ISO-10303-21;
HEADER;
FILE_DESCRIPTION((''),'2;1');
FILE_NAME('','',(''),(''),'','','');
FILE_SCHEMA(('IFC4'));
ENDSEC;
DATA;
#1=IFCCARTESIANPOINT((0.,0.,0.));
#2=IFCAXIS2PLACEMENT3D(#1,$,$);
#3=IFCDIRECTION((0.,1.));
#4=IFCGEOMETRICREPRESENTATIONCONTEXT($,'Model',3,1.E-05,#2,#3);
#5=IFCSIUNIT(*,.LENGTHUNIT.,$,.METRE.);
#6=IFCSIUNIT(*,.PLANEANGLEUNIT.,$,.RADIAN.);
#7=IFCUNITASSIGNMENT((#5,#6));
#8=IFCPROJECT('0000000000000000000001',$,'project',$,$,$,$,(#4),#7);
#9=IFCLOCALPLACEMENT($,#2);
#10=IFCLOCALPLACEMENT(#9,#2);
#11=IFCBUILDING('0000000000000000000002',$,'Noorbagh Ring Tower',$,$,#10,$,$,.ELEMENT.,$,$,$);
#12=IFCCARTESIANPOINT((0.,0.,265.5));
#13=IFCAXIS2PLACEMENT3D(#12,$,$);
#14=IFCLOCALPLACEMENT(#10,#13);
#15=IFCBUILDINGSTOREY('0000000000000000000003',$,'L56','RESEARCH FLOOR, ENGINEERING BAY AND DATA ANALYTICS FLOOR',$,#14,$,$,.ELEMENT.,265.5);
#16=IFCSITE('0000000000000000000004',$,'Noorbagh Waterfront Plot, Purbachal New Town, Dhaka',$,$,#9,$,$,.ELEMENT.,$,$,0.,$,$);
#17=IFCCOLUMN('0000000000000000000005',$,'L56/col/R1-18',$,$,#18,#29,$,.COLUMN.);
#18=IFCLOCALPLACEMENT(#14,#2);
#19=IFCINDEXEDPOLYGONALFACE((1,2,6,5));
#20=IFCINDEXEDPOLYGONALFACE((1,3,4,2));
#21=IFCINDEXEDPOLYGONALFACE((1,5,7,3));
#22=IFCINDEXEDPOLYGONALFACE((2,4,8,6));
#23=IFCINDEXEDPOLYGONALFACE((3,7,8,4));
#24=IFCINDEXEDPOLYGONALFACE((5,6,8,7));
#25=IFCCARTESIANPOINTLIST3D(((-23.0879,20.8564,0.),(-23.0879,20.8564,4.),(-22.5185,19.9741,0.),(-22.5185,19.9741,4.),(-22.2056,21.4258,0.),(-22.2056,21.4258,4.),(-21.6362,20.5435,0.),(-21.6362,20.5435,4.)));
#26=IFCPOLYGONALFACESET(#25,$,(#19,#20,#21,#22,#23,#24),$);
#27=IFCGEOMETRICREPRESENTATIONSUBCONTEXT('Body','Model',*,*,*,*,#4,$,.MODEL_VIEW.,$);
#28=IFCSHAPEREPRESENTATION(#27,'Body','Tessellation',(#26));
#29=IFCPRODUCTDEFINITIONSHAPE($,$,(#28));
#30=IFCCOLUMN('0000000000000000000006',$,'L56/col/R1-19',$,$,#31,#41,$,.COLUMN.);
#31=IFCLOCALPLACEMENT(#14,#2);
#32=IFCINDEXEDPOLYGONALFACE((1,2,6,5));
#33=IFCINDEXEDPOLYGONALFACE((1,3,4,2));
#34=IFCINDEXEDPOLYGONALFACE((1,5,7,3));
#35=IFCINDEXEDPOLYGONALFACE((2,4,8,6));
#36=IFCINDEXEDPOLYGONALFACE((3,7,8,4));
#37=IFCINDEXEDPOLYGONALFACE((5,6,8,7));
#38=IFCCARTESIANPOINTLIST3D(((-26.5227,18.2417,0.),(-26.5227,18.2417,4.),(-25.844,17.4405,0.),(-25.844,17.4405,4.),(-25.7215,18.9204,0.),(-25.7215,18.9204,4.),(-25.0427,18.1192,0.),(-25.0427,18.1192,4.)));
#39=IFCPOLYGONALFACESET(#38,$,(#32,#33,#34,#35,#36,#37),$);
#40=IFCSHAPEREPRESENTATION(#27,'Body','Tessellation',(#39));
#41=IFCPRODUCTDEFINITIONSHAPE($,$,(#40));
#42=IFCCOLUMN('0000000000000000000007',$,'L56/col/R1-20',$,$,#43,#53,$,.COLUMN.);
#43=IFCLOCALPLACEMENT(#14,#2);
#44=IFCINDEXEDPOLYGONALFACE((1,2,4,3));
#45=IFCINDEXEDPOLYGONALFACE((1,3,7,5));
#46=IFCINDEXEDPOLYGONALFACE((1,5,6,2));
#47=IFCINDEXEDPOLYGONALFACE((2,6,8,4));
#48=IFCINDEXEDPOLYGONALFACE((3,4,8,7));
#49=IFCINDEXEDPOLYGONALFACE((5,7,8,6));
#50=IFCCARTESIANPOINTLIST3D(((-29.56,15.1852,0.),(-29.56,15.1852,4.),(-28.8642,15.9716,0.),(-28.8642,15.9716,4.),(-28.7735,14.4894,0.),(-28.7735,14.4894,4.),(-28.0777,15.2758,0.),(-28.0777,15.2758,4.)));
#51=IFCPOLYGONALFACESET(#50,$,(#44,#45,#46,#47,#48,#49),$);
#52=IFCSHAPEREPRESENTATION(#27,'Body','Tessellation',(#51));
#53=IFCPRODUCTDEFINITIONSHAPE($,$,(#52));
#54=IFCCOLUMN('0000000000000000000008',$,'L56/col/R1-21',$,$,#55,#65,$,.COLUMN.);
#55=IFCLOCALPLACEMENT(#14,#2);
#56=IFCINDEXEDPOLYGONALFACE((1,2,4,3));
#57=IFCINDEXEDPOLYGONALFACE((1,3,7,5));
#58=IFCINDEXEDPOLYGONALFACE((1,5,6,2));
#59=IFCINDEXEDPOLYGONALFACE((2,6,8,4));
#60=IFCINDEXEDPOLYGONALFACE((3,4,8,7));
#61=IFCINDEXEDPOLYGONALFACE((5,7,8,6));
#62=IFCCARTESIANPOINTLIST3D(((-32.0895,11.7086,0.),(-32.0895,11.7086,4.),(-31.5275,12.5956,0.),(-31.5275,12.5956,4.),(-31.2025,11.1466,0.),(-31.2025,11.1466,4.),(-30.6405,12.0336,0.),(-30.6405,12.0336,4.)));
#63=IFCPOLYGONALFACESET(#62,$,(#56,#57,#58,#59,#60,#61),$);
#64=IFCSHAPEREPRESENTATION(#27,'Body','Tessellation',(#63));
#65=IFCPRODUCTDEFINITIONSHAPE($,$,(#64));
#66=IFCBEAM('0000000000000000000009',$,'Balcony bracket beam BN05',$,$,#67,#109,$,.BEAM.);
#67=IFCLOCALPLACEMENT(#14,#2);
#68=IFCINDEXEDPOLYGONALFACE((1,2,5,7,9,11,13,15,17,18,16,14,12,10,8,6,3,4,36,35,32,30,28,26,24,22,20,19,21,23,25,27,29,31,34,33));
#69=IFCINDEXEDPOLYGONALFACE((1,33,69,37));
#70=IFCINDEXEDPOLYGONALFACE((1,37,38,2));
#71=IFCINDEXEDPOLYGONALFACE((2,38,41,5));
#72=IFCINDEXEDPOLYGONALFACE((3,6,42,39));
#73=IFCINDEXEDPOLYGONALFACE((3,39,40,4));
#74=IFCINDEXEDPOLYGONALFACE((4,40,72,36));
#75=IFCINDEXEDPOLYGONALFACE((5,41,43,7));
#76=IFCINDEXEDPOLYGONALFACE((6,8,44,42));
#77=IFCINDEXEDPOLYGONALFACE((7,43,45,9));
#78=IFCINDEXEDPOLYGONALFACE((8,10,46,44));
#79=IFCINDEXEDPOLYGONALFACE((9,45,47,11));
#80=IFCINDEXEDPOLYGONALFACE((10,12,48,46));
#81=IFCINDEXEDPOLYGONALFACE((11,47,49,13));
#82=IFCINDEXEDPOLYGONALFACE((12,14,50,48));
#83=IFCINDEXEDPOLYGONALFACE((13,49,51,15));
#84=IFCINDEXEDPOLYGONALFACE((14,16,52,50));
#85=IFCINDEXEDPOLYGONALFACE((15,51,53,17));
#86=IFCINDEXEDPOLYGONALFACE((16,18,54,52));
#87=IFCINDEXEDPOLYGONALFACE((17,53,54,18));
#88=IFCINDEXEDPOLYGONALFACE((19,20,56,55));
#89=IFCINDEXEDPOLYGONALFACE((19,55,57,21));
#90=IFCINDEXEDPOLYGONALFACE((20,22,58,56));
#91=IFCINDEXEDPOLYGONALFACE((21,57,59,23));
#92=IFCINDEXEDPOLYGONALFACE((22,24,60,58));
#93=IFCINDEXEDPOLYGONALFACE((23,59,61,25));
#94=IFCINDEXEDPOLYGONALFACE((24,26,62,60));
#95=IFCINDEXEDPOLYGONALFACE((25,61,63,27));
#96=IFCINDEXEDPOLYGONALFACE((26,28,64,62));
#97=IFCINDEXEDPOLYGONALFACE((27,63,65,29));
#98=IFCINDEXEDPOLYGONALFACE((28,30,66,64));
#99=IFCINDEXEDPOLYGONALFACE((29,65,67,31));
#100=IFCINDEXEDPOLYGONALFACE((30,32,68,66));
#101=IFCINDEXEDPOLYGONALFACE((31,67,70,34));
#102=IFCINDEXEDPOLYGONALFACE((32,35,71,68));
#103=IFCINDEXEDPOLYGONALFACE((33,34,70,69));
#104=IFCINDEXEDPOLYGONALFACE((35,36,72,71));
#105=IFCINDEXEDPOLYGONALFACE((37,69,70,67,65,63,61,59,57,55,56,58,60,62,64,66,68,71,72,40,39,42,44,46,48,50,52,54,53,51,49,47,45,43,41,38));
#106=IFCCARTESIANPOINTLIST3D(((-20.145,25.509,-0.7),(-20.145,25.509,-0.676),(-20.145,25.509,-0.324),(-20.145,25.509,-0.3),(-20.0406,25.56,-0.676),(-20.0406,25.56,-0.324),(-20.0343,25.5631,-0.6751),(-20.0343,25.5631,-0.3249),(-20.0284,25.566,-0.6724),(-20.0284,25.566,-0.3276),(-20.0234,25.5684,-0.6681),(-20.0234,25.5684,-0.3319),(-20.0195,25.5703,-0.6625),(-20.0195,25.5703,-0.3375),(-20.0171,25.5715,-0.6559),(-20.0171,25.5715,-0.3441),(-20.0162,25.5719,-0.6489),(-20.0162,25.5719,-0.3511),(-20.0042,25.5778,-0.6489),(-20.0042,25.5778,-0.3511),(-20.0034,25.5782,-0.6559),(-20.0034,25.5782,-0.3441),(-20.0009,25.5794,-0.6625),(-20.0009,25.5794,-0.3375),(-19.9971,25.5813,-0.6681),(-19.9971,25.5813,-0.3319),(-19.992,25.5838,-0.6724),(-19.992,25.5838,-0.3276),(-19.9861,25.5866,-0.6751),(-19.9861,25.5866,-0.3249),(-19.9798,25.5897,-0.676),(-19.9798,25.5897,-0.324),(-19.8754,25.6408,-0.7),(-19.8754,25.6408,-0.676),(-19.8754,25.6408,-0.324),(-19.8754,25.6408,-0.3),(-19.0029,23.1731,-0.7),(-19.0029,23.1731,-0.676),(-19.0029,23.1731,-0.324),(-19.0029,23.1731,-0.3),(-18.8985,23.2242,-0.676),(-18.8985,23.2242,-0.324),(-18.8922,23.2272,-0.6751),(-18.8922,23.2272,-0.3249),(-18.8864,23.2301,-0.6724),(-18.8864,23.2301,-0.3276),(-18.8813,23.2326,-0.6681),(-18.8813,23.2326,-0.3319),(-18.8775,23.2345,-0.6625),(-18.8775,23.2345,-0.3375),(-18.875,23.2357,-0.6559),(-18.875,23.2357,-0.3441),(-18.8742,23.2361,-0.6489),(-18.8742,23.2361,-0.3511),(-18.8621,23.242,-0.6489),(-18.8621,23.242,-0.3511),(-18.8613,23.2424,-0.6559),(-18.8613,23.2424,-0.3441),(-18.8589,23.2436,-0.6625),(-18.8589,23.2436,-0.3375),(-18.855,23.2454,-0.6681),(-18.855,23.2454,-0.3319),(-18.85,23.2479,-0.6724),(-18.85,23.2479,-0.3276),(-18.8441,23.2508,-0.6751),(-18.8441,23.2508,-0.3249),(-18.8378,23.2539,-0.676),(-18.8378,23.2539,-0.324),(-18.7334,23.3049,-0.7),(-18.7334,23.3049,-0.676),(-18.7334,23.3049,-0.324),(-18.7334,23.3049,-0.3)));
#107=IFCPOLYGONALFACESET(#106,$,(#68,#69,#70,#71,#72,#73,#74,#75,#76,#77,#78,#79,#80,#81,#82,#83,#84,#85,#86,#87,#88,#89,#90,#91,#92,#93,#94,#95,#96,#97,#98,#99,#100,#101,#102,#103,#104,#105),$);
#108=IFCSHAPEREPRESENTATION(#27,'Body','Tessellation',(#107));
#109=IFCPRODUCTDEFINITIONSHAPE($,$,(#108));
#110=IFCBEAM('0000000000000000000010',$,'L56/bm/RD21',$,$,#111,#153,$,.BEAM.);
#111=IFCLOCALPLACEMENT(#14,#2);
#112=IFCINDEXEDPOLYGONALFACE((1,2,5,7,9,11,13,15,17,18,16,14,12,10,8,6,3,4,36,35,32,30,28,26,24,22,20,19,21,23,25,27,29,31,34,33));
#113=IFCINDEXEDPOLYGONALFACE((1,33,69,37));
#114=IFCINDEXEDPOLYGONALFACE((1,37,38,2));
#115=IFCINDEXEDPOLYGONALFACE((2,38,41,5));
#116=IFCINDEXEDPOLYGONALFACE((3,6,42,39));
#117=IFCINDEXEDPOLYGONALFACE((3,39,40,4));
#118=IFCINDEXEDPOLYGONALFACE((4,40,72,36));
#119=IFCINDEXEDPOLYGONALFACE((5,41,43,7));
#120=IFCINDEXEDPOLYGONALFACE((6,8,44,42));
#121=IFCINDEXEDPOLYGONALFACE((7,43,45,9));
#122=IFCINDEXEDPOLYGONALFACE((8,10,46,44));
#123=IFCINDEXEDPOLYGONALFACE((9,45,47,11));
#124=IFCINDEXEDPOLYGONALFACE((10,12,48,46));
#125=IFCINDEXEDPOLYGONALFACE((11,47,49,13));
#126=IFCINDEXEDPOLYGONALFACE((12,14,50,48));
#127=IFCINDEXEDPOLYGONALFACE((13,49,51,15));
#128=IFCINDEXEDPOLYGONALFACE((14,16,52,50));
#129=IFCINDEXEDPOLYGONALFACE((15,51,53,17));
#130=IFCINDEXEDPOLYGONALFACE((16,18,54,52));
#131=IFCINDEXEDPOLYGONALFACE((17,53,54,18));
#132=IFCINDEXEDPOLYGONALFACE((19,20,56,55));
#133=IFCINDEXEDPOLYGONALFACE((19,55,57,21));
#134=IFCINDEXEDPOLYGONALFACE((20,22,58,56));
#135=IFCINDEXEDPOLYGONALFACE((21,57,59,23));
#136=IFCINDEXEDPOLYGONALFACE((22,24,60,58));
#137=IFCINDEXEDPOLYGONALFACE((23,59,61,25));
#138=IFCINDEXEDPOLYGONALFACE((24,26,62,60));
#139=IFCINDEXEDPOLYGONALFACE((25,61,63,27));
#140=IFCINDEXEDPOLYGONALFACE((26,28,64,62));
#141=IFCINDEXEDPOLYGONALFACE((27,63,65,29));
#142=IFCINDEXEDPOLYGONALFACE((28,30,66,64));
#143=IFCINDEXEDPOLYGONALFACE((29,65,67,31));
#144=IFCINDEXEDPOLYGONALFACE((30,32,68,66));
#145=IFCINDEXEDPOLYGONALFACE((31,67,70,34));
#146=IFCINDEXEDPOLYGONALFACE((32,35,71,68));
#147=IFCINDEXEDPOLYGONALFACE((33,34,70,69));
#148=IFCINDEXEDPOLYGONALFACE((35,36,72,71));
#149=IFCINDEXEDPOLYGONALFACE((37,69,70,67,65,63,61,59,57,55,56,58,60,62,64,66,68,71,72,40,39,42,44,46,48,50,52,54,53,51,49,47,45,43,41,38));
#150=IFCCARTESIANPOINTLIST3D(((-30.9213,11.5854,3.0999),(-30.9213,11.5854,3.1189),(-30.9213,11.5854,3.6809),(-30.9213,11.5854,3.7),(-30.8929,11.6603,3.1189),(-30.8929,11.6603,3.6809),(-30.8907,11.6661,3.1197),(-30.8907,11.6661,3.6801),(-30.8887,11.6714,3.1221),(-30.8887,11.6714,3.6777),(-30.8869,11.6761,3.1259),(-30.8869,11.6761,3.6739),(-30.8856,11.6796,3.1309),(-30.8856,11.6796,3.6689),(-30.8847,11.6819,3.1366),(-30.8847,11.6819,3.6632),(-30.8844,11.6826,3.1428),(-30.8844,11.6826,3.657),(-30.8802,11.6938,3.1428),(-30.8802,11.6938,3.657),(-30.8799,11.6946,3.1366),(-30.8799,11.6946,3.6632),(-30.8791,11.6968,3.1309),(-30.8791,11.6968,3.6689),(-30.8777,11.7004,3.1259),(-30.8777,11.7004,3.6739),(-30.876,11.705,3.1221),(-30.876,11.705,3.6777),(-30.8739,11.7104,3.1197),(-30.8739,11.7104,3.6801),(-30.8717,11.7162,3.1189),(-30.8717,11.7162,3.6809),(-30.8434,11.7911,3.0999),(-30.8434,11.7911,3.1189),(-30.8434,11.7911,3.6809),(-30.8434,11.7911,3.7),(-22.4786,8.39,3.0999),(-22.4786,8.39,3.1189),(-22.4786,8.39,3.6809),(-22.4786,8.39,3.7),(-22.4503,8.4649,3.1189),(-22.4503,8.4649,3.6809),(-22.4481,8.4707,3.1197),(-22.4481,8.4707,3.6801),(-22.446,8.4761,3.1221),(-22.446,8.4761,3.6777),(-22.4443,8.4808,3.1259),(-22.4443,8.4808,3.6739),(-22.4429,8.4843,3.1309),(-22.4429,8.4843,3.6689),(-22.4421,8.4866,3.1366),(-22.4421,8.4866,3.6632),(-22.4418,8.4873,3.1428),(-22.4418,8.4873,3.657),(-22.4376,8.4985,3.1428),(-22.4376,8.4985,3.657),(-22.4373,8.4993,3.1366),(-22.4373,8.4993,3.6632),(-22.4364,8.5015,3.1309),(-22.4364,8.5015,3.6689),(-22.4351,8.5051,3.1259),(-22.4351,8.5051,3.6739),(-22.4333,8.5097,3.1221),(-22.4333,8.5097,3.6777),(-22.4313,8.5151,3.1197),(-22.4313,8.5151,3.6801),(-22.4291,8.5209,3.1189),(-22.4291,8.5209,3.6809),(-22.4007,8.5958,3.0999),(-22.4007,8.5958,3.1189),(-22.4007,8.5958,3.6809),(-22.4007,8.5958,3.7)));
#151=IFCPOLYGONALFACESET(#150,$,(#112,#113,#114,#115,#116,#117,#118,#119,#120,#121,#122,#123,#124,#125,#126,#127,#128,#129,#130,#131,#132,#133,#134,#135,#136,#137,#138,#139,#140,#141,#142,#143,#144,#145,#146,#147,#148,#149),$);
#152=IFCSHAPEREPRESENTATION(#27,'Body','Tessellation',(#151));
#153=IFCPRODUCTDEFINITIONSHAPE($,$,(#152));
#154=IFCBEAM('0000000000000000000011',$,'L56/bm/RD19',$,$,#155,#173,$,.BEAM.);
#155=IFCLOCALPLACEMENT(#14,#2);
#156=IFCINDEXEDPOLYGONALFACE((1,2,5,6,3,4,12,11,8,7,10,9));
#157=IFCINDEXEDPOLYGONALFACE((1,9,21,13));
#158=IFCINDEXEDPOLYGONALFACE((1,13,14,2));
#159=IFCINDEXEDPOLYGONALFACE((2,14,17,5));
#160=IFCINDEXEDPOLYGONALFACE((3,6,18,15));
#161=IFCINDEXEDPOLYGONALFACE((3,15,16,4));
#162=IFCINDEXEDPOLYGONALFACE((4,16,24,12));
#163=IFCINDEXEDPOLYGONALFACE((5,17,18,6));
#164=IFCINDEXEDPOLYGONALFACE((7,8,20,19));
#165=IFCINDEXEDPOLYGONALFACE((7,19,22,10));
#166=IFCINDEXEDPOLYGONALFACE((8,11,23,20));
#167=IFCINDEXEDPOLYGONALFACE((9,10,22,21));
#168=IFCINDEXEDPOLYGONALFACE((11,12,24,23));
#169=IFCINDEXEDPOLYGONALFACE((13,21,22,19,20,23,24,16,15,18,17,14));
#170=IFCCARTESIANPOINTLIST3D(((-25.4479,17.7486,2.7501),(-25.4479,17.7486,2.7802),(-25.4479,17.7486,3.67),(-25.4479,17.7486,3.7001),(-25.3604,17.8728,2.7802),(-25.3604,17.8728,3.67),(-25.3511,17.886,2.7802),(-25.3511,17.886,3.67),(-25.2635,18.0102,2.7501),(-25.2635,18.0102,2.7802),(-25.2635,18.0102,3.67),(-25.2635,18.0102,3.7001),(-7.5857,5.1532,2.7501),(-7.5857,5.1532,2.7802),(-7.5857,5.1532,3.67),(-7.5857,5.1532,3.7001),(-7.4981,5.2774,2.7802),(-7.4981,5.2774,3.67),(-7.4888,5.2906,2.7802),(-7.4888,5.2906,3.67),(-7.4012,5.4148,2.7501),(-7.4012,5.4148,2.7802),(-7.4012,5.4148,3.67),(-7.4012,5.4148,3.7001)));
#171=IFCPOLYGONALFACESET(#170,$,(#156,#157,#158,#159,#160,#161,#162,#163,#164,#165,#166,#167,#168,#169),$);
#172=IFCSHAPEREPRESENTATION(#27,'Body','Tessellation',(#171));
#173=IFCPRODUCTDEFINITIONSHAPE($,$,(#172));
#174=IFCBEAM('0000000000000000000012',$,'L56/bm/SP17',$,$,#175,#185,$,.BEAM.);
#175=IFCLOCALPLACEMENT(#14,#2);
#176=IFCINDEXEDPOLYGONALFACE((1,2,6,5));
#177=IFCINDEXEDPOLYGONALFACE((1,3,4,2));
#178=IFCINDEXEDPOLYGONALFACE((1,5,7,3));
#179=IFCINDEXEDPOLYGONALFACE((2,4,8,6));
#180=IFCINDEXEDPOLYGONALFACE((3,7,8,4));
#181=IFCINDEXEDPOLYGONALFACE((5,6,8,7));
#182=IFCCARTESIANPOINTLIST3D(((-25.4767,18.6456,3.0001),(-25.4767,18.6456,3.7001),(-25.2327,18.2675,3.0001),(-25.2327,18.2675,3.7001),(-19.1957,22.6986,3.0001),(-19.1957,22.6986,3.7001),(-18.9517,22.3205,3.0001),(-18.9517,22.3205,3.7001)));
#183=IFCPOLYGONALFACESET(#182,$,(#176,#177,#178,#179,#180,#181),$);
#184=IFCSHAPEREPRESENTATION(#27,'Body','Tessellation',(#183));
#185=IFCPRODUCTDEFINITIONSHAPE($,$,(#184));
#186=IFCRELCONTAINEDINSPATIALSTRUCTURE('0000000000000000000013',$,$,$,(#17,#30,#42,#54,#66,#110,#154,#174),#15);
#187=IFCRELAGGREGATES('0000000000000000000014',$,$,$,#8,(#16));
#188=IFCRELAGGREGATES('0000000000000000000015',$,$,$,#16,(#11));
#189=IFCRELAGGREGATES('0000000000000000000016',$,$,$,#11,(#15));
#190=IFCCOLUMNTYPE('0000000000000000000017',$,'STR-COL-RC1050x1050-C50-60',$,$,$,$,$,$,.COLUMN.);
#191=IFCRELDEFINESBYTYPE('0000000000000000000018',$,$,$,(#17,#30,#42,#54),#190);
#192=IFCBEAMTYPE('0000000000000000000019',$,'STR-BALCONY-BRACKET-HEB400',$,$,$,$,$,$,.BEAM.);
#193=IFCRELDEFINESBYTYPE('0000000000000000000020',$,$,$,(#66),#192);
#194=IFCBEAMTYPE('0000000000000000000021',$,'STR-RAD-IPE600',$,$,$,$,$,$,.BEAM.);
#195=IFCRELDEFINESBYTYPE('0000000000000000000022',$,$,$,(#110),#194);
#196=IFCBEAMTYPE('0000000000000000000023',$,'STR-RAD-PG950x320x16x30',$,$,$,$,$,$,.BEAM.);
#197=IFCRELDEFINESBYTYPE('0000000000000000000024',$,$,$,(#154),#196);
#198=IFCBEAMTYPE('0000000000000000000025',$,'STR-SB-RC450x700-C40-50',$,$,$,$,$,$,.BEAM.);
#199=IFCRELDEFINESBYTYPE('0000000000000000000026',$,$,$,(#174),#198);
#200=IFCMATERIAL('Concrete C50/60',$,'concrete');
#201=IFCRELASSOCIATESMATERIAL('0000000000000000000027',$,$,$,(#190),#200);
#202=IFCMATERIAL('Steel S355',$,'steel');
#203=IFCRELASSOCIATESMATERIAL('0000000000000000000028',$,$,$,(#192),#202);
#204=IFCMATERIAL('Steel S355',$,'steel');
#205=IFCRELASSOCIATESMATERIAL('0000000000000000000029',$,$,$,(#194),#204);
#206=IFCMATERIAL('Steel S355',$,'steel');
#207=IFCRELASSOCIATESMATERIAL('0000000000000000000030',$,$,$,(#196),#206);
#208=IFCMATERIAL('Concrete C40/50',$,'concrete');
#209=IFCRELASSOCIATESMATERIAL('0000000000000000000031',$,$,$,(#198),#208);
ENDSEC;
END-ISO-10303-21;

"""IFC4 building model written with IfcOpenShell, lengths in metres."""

from ifc_helpers import new_model, si_unit, direction, frame, origin, origin_2d, place, context, subcontext, project, spatial, rectangle, i_section, extrude, material, material_profile, profile_set, type_object, element, save


model = new_model("IFC4")

# Units and contexts
model_context = context("Model", 3, precision=1e-05, world=origin(), true_north=direction((0.0, 1.0)))
body_context = subcontext(model_context, "Body", "Model", "MODEL_VIEW")
ifc_project = project(units=[si_unit("LENGTHUNIT", "METRE"), si_unit("PLANEANGLEUNIT", "RADIAN")], contexts=[model_context])

# Site, building, storey
site_placement = place(None, origin())
site = spatial("IfcSite", under=ifc_project, at=site_placement, Name="Noorbagh Waterfront Plot, Purbachal New Town, Dhaka", CompositionType="ELEMENT", RefElevation=0.0)
building_placement = place(site_placement, origin())
building = spatial("IfcBuilding", under=site, at=building_placement, Name="Noorbagh Ring Tower", CompositionType="ELEMENT")
storey_placement = place(building_placement, frame((0.0, 0.0, 265.5)))
storey = spatial("IfcBuildingStorey", under=building, at=storey_placement, Name="L56", Description="RESEARCH FLOOR, ENGINEERING BAY AND DATA ANALYTICS FLOOR", CompositionType="ELEMENT", Elevation=265.5)

# Columns
ifc_material_1 = material(Name="Concrete C50/60", Category="concrete")
ifc_material_profile_1 = material_profile(ifc_material_1, rectangle(XDim=1.05, YDim=1.05, at=origin_2d()), Name="RC1050x1050")
ifc_profile_set_1 = profile_set([ifc_material_profile_1], Name="Concrete C50/60")
column_type = type_object("IfcColumnType", Name="STR-COL-RC1050x1050-C50-60", PredefinedType="COLUMN", material=ifc_profile_set_1)
for number, where, z_axis, x_axis, name in (
    (1, (-22.3621, 20.7, 0.0), (0.0, 0.0, 1.0), (-0.840248, -0.542203, 0.0), "L56/col/R1-18"),
    (2, (-25.7827, 18.1804, 0.0), (0.0, 0.0, 1.0), (-0.763035, -0.646357, 0.0), "L56/col/R1-19"),
    (3, (-28.8188, 15.2305, 0.0), (0.0, 0.0, 1.0), (-0.662636, -0.748942, 0.0), "L56/col/R1-20"),
    (4, (-31.365, 11.8711, 0.0), (0.0, 0.0, 1.0), (-0.53519, -0.844731, 0.0), "L56/col/R1-21"),
):
    element("IfcColumn", number, at=place(storey_placement, frame(where, z_axis=z_axis, x_axis=x_axis)), inside=storey, type_object=column_type, Name=name, PredefinedType="COLUMN", context=body_context, shape_type="SweptSolid", body=[
        extrude(rectangle(XDim=1.05, YDim=1.05, at=origin_2d()), origin(), (0.0, 0.0, 1.0), 4.0),
    ])

# Beams
ifc_material_2 = material(Name="Steel S355", Category="steel")
ifc_material_profile_2 = material_profile(ifc_material_2, i_section(OverallWidth=0.3, OverallDepth=0.3999, WebThickness=0.0134, FlangeThickness=0.0239, FilletRadius=0.0271, at=origin_2d()), Name="HEB400")
ifc_profile_set_2 = profile_set([ifc_material_profile_2], Name="Steel S355")
beam_type_1 = type_object("IfcBeamType", Name="STR-BALCONY-BRACKET-HEB400", PredefinedType="BEAM", material=ifc_profile_set_2)
beam_1_placement = place(storey_placement, frame((-18.8682, 23.239, -0.5), z_axis=(-0.439234, 0.898373, 0.0), x_axis=(-0.898373, -0.439234, 0.0)))
element("IfcBeam", 5, at=beam_1_placement, inside=storey, type_object=beam_type_1, Name="Balcony bracket beam BN05", PredefinedType="BEAM", context=body_context, shape_type="SweptSolid", body=[
    extrude(i_section(OverallWidth=0.3, OverallDepth=0.3999, WebThickness=0.0134, FlangeThickness=0.0239, FilletRadius=0.0271, at=origin_2d()), origin(), (0.0, 0.0, 1.0), 2.6001),
])
ifc_material_3 = material(Name="Steel S355", Category="steel")
ifc_material_profile_3 = material_profile(ifc_material_3, i_section(OverallWidth=0.22, OverallDepth=0.6001, WebThickness=0.012, FlangeThickness=0.019, FilletRadius=0.0239, at=origin_2d()), Name="IPE600")
ifc_profile_set_3 = profile_set([ifc_material_profile_3], Name="Steel S355")
beam_type_2 = type_object("IfcBeamType", Name="STR-RAD-IPE600", PredefinedType="BEAM", material=ifc_profile_set_3)
beam_2_placement = place(storey_placement, frame((-30.8823, 11.6882, 3.3999), z_axis=(0.935257, -0.35397, 0.0), x_axis=(0.35397, 0.935257, 0.0)))
element("IfcBeam", 6, at=beam_2_placement, inside=storey, type_object=beam_type_2, Name="L56/bm/RD21", PredefinedType="BEAM", context=body_context, shape_type="SweptSolid", body=[
    extrude(i_section(OverallWidth=0.22, OverallDepth=0.6001, WebThickness=0.012, FlangeThickness=0.019, FilletRadius=0.0239, at=origin_2d()), origin(), (0.0, 0.0, 1.0), 9.0271),
])
ifc_material_4 = material(Name="Steel S355", Category="steel")
ifc_material_profile_4 = material_profile(ifc_material_4, i_section(OverallWidth=0.3201, OverallDepth=0.95, WebThickness=0.0161, FlangeThickness=0.03, at=origin_2d()), Name="PG950x320x16x30")
ifc_profile_set_4 = profile_set([ifc_material_profile_4], Name="Steel S355")
beam_type_3 = type_object("IfcBeamType", Name="STR-RAD-PG950x320x16x30", PredefinedType="BEAM", material=ifc_profile_set_4)
beam_3_placement = place(storey_placement, frame((-25.3557, 17.8794, 3.2251), z_axis=(0.817253, -0.576279, 0.0), x_axis=(0.576279, 0.817253, 0.0)))
element("IfcBeam", 7, at=beam_3_placement, inside=storey, type_object=beam_type_3, Name="L56/bm/RD19", PredefinedType="BEAM", context=body_context, shape_type="SweptSolid", body=[
    extrude(i_section(OverallWidth=0.3201, OverallDepth=0.95, WebThickness=0.0161, FlangeThickness=0.03, at=origin_2d()), origin(), (0.0, 0.0, 1.0), 21.8564),
])
ifc_material_5 = material(Name="Concrete C40/50", Category="concrete")
ifc_material_profile_5 = material_profile(ifc_material_5, rectangle(XDim=0.45, YDim=0.7, at=origin_2d()), Name="RC450x700")
ifc_profile_set_5 = profile_set([ifc_material_profile_5], Name="Concrete C40/50")
beam_type_4 = type_object("IfcBeamType", Name="STR-SB-RC450x700-C40-50", PredefinedType="BEAM", material=ifc_profile_set_5)
beam_4_placement = place(storey_placement, frame((-19.0737, 22.5095, 3.3501), z_axis=(-0.840253, -0.542195, 0.0), x_axis=(0.542195, -0.840253, 0.0)))
element("IfcBeam", 8, at=beam_4_placement, inside=storey, type_object=beam_type_4, Name="L56/bm/SP17", PredefinedType="BEAM", context=body_context, shape_type="SweptSolid", body=[
    extrude(rectangle(XDim=0.45, YDim=0.7, at=origin_2d()), origin(), (0.0, 0.0, 1.0), 7.4751),
])

save(model, "model.ifc")
